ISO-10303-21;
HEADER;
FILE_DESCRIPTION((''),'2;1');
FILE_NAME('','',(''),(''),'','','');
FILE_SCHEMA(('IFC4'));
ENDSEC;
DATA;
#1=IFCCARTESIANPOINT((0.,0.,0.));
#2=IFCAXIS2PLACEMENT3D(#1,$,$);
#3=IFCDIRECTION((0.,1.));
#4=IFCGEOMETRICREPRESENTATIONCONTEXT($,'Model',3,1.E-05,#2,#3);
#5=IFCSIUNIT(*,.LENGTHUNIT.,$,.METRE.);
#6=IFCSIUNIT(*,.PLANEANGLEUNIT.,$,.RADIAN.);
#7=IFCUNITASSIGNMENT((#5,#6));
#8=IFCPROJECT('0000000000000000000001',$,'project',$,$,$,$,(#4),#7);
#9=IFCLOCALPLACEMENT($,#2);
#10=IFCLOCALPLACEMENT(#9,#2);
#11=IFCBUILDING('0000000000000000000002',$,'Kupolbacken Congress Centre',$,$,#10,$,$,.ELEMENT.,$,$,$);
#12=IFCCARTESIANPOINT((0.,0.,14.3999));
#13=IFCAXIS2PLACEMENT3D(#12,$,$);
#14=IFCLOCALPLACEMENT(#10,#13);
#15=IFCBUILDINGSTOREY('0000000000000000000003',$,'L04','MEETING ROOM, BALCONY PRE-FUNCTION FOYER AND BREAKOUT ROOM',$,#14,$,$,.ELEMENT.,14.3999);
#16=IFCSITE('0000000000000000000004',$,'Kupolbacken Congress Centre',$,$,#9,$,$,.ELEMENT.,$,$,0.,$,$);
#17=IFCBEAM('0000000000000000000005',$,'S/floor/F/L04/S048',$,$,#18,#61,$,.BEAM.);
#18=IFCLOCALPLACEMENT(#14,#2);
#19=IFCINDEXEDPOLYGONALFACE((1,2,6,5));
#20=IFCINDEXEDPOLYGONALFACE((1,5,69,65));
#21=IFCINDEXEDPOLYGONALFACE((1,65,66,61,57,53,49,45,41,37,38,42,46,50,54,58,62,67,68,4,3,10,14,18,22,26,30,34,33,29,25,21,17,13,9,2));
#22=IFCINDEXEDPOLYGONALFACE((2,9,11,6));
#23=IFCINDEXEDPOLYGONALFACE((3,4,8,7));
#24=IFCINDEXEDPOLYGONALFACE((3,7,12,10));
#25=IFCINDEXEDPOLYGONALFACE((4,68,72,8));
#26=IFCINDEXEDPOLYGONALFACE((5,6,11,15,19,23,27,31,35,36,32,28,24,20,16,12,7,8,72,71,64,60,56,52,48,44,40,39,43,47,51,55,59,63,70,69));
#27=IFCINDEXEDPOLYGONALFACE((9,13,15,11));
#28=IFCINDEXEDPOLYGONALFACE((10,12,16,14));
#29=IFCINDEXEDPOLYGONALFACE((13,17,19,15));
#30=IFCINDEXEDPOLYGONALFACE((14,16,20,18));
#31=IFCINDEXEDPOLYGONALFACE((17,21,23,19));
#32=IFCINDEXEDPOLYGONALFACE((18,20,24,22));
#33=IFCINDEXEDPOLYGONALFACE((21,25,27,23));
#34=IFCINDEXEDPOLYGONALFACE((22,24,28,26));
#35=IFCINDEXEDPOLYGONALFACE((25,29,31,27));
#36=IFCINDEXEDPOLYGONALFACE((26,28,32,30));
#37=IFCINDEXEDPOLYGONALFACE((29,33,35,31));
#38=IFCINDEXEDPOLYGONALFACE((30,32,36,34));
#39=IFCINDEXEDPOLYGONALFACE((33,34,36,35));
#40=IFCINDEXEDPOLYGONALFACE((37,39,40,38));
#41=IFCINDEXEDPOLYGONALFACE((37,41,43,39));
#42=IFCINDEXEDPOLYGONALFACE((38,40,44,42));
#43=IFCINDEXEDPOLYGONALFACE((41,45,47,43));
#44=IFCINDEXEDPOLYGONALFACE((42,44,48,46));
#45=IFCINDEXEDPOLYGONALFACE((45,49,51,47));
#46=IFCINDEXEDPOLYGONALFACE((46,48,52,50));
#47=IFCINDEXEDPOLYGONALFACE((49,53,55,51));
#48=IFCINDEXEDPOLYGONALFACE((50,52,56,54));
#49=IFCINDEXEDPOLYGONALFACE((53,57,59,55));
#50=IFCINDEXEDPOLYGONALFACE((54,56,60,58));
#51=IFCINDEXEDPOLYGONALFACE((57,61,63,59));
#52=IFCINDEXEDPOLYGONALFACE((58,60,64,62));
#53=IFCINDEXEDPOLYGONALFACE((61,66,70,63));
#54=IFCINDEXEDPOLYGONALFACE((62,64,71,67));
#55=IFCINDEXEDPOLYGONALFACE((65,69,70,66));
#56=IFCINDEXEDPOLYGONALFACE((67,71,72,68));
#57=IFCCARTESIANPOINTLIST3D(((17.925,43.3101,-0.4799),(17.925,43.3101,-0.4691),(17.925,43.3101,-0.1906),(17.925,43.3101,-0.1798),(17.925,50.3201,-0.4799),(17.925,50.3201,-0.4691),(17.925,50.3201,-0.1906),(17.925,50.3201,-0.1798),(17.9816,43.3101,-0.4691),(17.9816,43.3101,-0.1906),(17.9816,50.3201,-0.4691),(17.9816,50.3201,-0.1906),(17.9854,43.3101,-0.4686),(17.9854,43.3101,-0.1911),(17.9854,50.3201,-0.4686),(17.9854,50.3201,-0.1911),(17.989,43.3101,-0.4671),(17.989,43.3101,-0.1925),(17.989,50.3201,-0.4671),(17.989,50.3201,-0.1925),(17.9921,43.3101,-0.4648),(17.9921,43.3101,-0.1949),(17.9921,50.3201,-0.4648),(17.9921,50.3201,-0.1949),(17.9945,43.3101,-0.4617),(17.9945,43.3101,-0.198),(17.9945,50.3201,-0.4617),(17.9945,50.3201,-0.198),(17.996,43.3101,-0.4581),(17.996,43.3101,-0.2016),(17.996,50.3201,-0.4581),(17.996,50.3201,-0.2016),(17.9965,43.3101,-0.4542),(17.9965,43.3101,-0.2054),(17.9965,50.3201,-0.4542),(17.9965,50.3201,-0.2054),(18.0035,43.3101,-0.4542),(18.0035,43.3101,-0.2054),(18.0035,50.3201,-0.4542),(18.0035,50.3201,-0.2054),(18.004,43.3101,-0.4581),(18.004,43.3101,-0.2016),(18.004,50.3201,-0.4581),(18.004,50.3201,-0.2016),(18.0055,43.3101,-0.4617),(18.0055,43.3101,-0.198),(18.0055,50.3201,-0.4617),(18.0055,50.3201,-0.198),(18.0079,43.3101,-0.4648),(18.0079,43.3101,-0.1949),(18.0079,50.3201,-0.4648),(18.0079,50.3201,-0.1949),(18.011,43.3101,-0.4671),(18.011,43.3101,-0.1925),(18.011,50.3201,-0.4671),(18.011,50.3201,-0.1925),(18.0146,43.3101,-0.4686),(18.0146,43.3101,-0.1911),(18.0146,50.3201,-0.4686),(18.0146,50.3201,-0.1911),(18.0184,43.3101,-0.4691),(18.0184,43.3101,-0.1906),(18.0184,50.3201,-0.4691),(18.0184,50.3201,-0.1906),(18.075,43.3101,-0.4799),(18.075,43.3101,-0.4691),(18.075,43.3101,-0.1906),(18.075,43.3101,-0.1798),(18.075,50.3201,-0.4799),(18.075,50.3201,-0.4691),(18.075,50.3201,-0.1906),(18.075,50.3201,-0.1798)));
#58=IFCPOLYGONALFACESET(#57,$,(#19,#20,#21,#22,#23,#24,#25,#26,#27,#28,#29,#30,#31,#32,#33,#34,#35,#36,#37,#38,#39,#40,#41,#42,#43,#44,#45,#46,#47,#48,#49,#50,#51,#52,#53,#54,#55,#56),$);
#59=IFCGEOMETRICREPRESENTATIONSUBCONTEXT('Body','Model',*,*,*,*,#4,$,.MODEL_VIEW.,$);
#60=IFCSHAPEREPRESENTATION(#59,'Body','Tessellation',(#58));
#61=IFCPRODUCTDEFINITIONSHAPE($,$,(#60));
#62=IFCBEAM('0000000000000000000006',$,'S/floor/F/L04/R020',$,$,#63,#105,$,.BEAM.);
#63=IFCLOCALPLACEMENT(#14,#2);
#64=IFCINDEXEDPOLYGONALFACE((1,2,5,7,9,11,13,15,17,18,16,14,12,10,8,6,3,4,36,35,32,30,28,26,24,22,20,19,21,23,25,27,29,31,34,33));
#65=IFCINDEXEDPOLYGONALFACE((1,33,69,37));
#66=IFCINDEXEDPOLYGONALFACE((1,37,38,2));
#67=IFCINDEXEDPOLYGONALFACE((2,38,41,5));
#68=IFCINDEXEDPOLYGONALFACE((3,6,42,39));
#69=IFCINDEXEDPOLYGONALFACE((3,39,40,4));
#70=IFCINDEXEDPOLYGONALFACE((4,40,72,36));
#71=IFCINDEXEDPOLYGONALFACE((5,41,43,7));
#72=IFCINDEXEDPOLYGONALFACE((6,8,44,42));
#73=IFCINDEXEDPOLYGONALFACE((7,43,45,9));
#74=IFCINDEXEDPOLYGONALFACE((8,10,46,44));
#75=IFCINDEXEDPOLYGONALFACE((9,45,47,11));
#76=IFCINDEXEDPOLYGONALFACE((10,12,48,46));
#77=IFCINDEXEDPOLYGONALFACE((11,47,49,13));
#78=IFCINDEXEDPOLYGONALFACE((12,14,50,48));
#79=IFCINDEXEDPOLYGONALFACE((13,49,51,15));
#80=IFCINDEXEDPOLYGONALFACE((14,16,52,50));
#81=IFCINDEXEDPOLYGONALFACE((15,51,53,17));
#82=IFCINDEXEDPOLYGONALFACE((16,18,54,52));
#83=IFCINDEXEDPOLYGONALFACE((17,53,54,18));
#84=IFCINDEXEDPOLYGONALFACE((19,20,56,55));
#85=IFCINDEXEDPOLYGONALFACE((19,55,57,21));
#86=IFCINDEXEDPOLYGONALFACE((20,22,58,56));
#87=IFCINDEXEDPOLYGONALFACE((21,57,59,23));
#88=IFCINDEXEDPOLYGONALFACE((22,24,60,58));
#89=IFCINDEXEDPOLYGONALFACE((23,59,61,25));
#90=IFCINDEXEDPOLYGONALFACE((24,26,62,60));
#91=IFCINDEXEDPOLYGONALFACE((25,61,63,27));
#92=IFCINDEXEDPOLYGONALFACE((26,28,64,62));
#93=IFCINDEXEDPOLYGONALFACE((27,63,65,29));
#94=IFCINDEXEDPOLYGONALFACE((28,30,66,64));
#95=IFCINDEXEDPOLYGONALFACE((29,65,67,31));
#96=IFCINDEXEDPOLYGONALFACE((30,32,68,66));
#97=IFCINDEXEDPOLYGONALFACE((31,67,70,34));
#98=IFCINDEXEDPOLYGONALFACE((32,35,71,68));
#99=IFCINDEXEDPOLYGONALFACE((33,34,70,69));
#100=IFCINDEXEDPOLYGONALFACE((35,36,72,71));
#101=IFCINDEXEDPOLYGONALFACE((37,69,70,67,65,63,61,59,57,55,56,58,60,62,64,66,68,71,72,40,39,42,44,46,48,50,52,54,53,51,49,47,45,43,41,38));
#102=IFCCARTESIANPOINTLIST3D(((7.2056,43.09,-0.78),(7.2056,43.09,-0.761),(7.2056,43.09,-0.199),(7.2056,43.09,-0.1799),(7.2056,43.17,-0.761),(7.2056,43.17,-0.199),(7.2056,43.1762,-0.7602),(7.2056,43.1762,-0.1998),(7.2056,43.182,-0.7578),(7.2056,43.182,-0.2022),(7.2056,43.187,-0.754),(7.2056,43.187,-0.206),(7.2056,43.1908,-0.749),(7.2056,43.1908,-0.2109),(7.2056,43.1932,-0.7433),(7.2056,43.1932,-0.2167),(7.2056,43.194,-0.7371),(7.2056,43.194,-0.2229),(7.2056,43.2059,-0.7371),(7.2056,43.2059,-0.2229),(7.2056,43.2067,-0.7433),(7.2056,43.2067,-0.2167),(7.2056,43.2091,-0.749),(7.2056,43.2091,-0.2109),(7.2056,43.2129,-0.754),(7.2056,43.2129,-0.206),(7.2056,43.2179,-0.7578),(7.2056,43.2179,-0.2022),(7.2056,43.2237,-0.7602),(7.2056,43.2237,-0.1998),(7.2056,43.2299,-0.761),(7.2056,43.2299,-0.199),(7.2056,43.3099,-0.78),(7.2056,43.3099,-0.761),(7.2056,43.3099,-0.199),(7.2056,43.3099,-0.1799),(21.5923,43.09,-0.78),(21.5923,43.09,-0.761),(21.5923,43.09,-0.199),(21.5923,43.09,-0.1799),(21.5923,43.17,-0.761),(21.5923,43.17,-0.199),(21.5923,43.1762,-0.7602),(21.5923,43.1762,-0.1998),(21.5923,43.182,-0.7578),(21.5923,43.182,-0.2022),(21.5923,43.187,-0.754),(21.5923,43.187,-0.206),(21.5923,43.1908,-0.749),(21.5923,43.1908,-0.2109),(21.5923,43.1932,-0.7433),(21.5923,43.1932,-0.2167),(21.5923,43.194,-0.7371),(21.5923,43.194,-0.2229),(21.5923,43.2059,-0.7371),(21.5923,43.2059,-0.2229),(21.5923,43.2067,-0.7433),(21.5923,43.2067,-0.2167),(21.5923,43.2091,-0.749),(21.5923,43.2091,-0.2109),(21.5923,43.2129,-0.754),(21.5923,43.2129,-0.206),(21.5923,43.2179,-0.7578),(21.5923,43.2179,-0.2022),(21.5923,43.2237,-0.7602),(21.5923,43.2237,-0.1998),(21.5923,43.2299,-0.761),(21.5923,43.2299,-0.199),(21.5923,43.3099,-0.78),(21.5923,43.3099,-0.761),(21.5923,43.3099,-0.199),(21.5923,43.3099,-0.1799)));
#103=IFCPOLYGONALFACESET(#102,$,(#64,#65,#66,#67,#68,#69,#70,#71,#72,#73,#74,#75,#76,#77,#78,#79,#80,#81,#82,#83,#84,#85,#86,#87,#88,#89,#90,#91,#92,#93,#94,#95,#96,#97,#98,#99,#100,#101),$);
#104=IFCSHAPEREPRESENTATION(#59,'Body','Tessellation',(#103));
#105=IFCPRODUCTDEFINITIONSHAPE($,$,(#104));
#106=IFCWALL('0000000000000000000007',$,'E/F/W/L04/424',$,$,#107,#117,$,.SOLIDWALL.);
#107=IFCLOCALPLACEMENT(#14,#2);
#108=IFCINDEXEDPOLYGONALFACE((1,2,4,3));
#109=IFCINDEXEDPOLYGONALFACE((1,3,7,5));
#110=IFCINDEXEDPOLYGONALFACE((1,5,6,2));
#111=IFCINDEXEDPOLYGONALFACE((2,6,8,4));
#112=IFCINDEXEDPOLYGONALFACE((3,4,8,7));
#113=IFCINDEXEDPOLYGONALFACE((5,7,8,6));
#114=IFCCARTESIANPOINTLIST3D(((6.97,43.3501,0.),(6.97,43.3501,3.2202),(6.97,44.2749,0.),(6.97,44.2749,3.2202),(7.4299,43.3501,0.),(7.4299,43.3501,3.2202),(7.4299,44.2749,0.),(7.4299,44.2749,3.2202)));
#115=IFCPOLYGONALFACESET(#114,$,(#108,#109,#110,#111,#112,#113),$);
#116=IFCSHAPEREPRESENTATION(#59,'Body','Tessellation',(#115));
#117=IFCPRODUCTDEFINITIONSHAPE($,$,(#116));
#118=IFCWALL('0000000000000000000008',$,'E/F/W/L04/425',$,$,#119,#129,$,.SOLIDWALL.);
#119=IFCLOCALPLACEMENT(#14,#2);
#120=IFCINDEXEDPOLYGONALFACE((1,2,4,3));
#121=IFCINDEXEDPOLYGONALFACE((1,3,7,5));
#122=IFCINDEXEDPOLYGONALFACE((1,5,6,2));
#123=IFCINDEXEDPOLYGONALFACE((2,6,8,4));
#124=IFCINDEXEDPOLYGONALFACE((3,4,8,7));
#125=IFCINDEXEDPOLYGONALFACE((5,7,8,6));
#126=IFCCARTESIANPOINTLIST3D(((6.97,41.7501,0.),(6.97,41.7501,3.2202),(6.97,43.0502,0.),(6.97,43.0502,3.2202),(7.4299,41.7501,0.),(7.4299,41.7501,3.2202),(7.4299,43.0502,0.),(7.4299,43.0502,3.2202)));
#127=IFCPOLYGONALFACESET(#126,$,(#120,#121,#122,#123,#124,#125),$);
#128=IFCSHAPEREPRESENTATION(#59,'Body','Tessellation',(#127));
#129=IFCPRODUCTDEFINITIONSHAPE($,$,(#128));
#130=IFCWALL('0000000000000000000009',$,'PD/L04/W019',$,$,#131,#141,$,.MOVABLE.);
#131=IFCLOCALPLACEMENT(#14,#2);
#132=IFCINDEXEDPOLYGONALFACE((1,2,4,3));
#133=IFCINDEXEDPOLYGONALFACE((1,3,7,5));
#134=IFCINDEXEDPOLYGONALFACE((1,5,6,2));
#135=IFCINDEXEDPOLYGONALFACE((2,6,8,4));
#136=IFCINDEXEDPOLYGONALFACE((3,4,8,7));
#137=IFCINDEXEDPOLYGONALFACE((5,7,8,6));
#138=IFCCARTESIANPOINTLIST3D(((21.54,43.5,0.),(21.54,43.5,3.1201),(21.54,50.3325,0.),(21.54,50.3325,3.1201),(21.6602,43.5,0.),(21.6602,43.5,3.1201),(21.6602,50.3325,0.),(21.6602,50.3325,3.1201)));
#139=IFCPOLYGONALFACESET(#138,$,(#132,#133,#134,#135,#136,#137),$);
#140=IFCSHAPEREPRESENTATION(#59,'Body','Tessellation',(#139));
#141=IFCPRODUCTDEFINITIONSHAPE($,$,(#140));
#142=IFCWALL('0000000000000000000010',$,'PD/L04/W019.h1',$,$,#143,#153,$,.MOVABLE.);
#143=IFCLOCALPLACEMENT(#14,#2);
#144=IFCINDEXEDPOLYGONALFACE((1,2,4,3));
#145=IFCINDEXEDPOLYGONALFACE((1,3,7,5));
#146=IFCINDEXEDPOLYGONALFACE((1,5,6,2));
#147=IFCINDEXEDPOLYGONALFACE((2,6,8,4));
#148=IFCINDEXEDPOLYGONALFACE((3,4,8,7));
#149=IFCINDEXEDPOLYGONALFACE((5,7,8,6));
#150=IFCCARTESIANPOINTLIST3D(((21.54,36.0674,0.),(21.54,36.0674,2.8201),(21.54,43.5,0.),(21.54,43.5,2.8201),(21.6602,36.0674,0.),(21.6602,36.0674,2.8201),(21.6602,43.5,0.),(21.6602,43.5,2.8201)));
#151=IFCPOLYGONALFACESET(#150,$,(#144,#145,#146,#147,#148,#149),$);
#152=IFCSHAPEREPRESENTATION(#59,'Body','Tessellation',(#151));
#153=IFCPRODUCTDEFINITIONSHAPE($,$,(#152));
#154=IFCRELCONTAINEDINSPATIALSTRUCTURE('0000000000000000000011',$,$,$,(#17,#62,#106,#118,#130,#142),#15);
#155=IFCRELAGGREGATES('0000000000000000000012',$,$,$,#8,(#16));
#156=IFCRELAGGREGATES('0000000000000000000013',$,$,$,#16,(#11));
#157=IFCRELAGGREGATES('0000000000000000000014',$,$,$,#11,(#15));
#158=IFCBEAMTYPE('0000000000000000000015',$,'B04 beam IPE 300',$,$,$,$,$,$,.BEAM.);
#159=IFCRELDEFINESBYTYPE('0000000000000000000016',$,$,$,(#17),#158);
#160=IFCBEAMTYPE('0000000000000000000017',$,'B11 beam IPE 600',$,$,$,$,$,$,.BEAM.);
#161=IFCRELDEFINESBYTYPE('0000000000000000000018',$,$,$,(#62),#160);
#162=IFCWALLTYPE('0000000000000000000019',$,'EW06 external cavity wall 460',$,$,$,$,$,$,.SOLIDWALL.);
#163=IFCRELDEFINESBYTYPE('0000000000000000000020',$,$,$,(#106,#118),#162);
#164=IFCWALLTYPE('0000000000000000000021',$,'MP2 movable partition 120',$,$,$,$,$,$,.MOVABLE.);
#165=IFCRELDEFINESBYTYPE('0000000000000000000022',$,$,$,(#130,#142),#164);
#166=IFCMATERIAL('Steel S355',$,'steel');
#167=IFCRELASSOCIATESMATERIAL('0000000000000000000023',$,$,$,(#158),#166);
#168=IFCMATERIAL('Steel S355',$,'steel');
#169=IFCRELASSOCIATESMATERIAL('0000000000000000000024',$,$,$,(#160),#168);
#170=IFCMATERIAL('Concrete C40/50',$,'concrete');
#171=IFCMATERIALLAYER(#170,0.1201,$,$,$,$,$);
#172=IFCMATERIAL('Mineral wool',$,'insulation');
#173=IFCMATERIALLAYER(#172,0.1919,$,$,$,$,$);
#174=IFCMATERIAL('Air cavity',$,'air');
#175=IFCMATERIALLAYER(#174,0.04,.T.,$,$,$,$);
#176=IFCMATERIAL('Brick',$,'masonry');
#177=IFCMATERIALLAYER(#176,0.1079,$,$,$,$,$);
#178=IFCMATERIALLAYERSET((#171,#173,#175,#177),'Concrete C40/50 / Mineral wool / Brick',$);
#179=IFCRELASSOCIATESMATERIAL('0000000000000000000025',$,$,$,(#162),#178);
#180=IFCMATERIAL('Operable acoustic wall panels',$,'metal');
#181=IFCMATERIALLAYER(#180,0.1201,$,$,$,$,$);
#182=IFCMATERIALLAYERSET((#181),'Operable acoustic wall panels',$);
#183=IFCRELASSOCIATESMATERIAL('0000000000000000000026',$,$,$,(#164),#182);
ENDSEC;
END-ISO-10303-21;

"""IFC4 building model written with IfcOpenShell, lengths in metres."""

from ifc_helpers import new_model, si_unit, direction, frame, frame_2d, origin, origin_2d, place, context, subcontext, project, spatial, rectangle, i_section, extrude, material, layer, layer_set, material_profile, profile_set, type_object, element, save


model = new_model("IFC4")

# Units and contexts
model_context = context("Model", 3, precision=1e-05, world=origin(), true_north=direction((0.0, 1.0)))
body_context = subcontext(model_context, "Body", "Model", "MODEL_VIEW")
ifc_project = project(units=[si_unit("LENGTHUNIT", "METRE"), si_unit("PLANEANGLEUNIT", "RADIAN")], contexts=[model_context])

# Site, building, storey
site_placement = place(None, origin())
site = spatial("IfcSite", under=ifc_project, at=site_placement, Name="Kupolbacken Congress Centre", CompositionType="ELEMENT", RefElevation=0.0)
building_placement = place(site_placement, origin())
building = spatial("IfcBuilding", under=site, at=building_placement, Name="Kupolbacken Congress Centre", CompositionType="ELEMENT")
storey_placement = place(building_placement, frame((0.0, 0.0, 14.3999)))
storey = spatial("IfcBuildingStorey", under=building, at=storey_placement, Name="L04", Description="MEETING ROOM, BALCONY PRE-FUNCTION FOYER AND BREAKOUT ROOM", CompositionType="ELEMENT", Elevation=14.3999)

# Beams
ifc_material_1 = material(Name="Steel S355", Category="steel")
ifc_material_profile_1 = material_profile(ifc_material_1, i_section(OverallWidth=0.1499, OverallDepth=0.3, WebThickness=0.0071, FlangeThickness=0.0107, FilletRadius=0.0149, at=origin_2d()), Name="IPE 300")
ifc_profile_set_1 = profile_set([ifc_material_profile_1], Name="Steel S355")
beam_type_1 = type_object("IfcBeamType", Name="B04 beam IPE 300", PredefinedType="BEAM", material=ifc_profile_set_1)
for number, where, z_axis, x_axis, name in (
    (1, (18.0, 43.3101, -0.3298), (0.0, 1.0, 0.0), (-1.0, 0.0, 0.0), "S/floor/F/L04/S048"),
):
    element("IfcBeam", number, at=place(storey_placement, frame(where, z_axis=z_axis, x_axis=x_axis)), inside=storey, type_object=beam_type_1, Name=name, PredefinedType="BEAM", context=body_context, shape_type="SweptSolid", body=[
        extrude(i_section(OverallWidth=0.1499, OverallDepth=0.3, WebThickness=0.0071, FlangeThickness=0.0107, FilletRadius=0.0149, at=origin_2d()), origin(), (0.0, 0.0, 1.0), 7.01),
    ])
ifc_material_2 = material(Name="Steel S355", Category="steel")
ifc_material_profile_2 = material_profile(ifc_material_2, i_section(OverallWidth=0.22, OverallDepth=0.6001, WebThickness=0.012, FlangeThickness=0.019, FilletRadius=0.0239, at=origin_2d()), Name="IPE 600")
ifc_profile_set_2 = profile_set([ifc_material_profile_2], Name="Steel S355")
beam_type_2 = type_object("IfcBeamType", Name="B11 beam IPE 600", PredefinedType="BEAM", material=ifc_profile_set_2)
beam_1_placement = place(storey_placement, frame((7.2056, 43.2, -0.48), z_axis=(1.0, 0.0, 0.0), x_axis=(0.0, 1.0, 0.0)))
element("IfcBeam", 2, at=beam_1_placement, inside=storey, type_object=beam_type_2, Name="S/floor/F/L04/R020", PredefinedType="BEAM", context=body_context, shape_type="SweptSolid", body=[
    extrude(i_section(OverallWidth=0.22, OverallDepth=0.6001, WebThickness=0.012, FlangeThickness=0.019, FilletRadius=0.0239, at=origin_2d()), origin(), (0.0, 0.0, 1.0), 14.3867),
])

# Walls
ifc_material_3 = material(Name="Concrete C40/50", Category="concrete")
ifc_layer_1 = layer(ifc_material_3, 0.1201)
ifc_material_4 = material(Name="Mineral wool", Category="insulation")
ifc_layer_2 = layer(ifc_material_4, 0.1919)
ifc_material_5 = material(Name="Air cavity", Category="air")
ifc_layer_3 = layer(ifc_material_5, 0.04, ventilated=True)
ifc_material_6 = material(Name="Brick", Category="masonry")
ifc_layer_4 = layer(ifc_material_6, 0.1079)
ifc_layer_set_1 = layer_set([ifc_layer_1, ifc_layer_2, ifc_layer_3, ifc_layer_4], Name="Concrete C40/50 / Mineral wool / Brick")
wall_type_1 = type_object("IfcWallType", Name="EW06 external cavity wall 460", PredefinedType="SOLIDWALL", material=ifc_layer_set_1)
wall_1_placement = place(storey_placement, frame((7.2, 44.2749, 0.0), z_axis=(0.0, 0.0, 1.0), x_axis=(0.0, -1.0, 0.0)))
element("IfcWall", 3, at=wall_1_placement, inside=storey, type_object=wall_type_1, Name="E/F/W/L04/424", PredefinedType="SOLIDWALL", context=body_context, shape_type="SweptSolid", body=[
    extrude(rectangle(XDim=0.9248, YDim=0.46, at=frame_2d((0.4624, 0.0))), origin(), (0.0, 0.0, 1.0), 3.2202),
])
wall_2_placement = place(storey_placement, frame((7.2, 43.05, 0.0), z_axis=(0.0, 0.0, 1.0), x_axis=(0.0, -1.0, 0.0)))
element("IfcWall", 4, at=wall_2_placement, inside=storey, type_object=wall_type_1, Name="E/F/W/L04/425", PredefinedType="SOLIDWALL", context=body_context, shape_type="SweptSolid", body=[
    extrude(rectangle(XDim=1.3, YDim=0.46, at=frame_2d((0.6499, 0.0))), origin(), (0.0, 0.0, 1.0), 3.2202),
])
ifc_material_7 = material(Name="Operable acoustic wall panels", Category="metal")
ifc_layer_5 = layer(ifc_material_7, 0.1201)
ifc_layer_set_2 = layer_set([ifc_layer_5], Name="Operable acoustic wall panels")
wall_type_2 = type_object("IfcWallType", Name="MP2 movable partition 120", PredefinedType="MOVABLE", material=ifc_layer_set_2)
wall_3_placement = place(storey_placement, frame((21.6001, 50.3325, 0.0), z_axis=(0.0, 0.0, 1.0), x_axis=(0.0, -1.0, 0.0)))
element("IfcWall", 5, at=wall_3_placement, inside=storey, type_object=wall_type_2, Name="PD/L04/W019", PredefinedType="MOVABLE", context=body_context, shape_type="SweptSolid", body=[
    extrude(rectangle(XDim=6.8325, YDim=0.1201, at=frame_2d((3.4163, 0.0))), origin(), (0.0, 0.0, 1.0), 3.1201),
])
wall_4_placement = place(storey_placement, frame((21.6001, 43.5, 0.0), z_axis=(0.0, 0.0, 1.0), x_axis=(0.0, -1.0, 0.0)))
element("IfcWall", 6, at=wall_4_placement, inside=storey, type_object=wall_type_2, Name="PD/L04/W019.h1", PredefinedType="MOVABLE", context=body_context, shape_type="SweptSolid", body=[
    extrude(rectangle(XDim=7.4326, YDim=0.1201, at=frame_2d((3.7163, 0.0))), origin(), (0.0, 0.0, 1.0), 2.8201),
])

save(model, "model.ifc")
